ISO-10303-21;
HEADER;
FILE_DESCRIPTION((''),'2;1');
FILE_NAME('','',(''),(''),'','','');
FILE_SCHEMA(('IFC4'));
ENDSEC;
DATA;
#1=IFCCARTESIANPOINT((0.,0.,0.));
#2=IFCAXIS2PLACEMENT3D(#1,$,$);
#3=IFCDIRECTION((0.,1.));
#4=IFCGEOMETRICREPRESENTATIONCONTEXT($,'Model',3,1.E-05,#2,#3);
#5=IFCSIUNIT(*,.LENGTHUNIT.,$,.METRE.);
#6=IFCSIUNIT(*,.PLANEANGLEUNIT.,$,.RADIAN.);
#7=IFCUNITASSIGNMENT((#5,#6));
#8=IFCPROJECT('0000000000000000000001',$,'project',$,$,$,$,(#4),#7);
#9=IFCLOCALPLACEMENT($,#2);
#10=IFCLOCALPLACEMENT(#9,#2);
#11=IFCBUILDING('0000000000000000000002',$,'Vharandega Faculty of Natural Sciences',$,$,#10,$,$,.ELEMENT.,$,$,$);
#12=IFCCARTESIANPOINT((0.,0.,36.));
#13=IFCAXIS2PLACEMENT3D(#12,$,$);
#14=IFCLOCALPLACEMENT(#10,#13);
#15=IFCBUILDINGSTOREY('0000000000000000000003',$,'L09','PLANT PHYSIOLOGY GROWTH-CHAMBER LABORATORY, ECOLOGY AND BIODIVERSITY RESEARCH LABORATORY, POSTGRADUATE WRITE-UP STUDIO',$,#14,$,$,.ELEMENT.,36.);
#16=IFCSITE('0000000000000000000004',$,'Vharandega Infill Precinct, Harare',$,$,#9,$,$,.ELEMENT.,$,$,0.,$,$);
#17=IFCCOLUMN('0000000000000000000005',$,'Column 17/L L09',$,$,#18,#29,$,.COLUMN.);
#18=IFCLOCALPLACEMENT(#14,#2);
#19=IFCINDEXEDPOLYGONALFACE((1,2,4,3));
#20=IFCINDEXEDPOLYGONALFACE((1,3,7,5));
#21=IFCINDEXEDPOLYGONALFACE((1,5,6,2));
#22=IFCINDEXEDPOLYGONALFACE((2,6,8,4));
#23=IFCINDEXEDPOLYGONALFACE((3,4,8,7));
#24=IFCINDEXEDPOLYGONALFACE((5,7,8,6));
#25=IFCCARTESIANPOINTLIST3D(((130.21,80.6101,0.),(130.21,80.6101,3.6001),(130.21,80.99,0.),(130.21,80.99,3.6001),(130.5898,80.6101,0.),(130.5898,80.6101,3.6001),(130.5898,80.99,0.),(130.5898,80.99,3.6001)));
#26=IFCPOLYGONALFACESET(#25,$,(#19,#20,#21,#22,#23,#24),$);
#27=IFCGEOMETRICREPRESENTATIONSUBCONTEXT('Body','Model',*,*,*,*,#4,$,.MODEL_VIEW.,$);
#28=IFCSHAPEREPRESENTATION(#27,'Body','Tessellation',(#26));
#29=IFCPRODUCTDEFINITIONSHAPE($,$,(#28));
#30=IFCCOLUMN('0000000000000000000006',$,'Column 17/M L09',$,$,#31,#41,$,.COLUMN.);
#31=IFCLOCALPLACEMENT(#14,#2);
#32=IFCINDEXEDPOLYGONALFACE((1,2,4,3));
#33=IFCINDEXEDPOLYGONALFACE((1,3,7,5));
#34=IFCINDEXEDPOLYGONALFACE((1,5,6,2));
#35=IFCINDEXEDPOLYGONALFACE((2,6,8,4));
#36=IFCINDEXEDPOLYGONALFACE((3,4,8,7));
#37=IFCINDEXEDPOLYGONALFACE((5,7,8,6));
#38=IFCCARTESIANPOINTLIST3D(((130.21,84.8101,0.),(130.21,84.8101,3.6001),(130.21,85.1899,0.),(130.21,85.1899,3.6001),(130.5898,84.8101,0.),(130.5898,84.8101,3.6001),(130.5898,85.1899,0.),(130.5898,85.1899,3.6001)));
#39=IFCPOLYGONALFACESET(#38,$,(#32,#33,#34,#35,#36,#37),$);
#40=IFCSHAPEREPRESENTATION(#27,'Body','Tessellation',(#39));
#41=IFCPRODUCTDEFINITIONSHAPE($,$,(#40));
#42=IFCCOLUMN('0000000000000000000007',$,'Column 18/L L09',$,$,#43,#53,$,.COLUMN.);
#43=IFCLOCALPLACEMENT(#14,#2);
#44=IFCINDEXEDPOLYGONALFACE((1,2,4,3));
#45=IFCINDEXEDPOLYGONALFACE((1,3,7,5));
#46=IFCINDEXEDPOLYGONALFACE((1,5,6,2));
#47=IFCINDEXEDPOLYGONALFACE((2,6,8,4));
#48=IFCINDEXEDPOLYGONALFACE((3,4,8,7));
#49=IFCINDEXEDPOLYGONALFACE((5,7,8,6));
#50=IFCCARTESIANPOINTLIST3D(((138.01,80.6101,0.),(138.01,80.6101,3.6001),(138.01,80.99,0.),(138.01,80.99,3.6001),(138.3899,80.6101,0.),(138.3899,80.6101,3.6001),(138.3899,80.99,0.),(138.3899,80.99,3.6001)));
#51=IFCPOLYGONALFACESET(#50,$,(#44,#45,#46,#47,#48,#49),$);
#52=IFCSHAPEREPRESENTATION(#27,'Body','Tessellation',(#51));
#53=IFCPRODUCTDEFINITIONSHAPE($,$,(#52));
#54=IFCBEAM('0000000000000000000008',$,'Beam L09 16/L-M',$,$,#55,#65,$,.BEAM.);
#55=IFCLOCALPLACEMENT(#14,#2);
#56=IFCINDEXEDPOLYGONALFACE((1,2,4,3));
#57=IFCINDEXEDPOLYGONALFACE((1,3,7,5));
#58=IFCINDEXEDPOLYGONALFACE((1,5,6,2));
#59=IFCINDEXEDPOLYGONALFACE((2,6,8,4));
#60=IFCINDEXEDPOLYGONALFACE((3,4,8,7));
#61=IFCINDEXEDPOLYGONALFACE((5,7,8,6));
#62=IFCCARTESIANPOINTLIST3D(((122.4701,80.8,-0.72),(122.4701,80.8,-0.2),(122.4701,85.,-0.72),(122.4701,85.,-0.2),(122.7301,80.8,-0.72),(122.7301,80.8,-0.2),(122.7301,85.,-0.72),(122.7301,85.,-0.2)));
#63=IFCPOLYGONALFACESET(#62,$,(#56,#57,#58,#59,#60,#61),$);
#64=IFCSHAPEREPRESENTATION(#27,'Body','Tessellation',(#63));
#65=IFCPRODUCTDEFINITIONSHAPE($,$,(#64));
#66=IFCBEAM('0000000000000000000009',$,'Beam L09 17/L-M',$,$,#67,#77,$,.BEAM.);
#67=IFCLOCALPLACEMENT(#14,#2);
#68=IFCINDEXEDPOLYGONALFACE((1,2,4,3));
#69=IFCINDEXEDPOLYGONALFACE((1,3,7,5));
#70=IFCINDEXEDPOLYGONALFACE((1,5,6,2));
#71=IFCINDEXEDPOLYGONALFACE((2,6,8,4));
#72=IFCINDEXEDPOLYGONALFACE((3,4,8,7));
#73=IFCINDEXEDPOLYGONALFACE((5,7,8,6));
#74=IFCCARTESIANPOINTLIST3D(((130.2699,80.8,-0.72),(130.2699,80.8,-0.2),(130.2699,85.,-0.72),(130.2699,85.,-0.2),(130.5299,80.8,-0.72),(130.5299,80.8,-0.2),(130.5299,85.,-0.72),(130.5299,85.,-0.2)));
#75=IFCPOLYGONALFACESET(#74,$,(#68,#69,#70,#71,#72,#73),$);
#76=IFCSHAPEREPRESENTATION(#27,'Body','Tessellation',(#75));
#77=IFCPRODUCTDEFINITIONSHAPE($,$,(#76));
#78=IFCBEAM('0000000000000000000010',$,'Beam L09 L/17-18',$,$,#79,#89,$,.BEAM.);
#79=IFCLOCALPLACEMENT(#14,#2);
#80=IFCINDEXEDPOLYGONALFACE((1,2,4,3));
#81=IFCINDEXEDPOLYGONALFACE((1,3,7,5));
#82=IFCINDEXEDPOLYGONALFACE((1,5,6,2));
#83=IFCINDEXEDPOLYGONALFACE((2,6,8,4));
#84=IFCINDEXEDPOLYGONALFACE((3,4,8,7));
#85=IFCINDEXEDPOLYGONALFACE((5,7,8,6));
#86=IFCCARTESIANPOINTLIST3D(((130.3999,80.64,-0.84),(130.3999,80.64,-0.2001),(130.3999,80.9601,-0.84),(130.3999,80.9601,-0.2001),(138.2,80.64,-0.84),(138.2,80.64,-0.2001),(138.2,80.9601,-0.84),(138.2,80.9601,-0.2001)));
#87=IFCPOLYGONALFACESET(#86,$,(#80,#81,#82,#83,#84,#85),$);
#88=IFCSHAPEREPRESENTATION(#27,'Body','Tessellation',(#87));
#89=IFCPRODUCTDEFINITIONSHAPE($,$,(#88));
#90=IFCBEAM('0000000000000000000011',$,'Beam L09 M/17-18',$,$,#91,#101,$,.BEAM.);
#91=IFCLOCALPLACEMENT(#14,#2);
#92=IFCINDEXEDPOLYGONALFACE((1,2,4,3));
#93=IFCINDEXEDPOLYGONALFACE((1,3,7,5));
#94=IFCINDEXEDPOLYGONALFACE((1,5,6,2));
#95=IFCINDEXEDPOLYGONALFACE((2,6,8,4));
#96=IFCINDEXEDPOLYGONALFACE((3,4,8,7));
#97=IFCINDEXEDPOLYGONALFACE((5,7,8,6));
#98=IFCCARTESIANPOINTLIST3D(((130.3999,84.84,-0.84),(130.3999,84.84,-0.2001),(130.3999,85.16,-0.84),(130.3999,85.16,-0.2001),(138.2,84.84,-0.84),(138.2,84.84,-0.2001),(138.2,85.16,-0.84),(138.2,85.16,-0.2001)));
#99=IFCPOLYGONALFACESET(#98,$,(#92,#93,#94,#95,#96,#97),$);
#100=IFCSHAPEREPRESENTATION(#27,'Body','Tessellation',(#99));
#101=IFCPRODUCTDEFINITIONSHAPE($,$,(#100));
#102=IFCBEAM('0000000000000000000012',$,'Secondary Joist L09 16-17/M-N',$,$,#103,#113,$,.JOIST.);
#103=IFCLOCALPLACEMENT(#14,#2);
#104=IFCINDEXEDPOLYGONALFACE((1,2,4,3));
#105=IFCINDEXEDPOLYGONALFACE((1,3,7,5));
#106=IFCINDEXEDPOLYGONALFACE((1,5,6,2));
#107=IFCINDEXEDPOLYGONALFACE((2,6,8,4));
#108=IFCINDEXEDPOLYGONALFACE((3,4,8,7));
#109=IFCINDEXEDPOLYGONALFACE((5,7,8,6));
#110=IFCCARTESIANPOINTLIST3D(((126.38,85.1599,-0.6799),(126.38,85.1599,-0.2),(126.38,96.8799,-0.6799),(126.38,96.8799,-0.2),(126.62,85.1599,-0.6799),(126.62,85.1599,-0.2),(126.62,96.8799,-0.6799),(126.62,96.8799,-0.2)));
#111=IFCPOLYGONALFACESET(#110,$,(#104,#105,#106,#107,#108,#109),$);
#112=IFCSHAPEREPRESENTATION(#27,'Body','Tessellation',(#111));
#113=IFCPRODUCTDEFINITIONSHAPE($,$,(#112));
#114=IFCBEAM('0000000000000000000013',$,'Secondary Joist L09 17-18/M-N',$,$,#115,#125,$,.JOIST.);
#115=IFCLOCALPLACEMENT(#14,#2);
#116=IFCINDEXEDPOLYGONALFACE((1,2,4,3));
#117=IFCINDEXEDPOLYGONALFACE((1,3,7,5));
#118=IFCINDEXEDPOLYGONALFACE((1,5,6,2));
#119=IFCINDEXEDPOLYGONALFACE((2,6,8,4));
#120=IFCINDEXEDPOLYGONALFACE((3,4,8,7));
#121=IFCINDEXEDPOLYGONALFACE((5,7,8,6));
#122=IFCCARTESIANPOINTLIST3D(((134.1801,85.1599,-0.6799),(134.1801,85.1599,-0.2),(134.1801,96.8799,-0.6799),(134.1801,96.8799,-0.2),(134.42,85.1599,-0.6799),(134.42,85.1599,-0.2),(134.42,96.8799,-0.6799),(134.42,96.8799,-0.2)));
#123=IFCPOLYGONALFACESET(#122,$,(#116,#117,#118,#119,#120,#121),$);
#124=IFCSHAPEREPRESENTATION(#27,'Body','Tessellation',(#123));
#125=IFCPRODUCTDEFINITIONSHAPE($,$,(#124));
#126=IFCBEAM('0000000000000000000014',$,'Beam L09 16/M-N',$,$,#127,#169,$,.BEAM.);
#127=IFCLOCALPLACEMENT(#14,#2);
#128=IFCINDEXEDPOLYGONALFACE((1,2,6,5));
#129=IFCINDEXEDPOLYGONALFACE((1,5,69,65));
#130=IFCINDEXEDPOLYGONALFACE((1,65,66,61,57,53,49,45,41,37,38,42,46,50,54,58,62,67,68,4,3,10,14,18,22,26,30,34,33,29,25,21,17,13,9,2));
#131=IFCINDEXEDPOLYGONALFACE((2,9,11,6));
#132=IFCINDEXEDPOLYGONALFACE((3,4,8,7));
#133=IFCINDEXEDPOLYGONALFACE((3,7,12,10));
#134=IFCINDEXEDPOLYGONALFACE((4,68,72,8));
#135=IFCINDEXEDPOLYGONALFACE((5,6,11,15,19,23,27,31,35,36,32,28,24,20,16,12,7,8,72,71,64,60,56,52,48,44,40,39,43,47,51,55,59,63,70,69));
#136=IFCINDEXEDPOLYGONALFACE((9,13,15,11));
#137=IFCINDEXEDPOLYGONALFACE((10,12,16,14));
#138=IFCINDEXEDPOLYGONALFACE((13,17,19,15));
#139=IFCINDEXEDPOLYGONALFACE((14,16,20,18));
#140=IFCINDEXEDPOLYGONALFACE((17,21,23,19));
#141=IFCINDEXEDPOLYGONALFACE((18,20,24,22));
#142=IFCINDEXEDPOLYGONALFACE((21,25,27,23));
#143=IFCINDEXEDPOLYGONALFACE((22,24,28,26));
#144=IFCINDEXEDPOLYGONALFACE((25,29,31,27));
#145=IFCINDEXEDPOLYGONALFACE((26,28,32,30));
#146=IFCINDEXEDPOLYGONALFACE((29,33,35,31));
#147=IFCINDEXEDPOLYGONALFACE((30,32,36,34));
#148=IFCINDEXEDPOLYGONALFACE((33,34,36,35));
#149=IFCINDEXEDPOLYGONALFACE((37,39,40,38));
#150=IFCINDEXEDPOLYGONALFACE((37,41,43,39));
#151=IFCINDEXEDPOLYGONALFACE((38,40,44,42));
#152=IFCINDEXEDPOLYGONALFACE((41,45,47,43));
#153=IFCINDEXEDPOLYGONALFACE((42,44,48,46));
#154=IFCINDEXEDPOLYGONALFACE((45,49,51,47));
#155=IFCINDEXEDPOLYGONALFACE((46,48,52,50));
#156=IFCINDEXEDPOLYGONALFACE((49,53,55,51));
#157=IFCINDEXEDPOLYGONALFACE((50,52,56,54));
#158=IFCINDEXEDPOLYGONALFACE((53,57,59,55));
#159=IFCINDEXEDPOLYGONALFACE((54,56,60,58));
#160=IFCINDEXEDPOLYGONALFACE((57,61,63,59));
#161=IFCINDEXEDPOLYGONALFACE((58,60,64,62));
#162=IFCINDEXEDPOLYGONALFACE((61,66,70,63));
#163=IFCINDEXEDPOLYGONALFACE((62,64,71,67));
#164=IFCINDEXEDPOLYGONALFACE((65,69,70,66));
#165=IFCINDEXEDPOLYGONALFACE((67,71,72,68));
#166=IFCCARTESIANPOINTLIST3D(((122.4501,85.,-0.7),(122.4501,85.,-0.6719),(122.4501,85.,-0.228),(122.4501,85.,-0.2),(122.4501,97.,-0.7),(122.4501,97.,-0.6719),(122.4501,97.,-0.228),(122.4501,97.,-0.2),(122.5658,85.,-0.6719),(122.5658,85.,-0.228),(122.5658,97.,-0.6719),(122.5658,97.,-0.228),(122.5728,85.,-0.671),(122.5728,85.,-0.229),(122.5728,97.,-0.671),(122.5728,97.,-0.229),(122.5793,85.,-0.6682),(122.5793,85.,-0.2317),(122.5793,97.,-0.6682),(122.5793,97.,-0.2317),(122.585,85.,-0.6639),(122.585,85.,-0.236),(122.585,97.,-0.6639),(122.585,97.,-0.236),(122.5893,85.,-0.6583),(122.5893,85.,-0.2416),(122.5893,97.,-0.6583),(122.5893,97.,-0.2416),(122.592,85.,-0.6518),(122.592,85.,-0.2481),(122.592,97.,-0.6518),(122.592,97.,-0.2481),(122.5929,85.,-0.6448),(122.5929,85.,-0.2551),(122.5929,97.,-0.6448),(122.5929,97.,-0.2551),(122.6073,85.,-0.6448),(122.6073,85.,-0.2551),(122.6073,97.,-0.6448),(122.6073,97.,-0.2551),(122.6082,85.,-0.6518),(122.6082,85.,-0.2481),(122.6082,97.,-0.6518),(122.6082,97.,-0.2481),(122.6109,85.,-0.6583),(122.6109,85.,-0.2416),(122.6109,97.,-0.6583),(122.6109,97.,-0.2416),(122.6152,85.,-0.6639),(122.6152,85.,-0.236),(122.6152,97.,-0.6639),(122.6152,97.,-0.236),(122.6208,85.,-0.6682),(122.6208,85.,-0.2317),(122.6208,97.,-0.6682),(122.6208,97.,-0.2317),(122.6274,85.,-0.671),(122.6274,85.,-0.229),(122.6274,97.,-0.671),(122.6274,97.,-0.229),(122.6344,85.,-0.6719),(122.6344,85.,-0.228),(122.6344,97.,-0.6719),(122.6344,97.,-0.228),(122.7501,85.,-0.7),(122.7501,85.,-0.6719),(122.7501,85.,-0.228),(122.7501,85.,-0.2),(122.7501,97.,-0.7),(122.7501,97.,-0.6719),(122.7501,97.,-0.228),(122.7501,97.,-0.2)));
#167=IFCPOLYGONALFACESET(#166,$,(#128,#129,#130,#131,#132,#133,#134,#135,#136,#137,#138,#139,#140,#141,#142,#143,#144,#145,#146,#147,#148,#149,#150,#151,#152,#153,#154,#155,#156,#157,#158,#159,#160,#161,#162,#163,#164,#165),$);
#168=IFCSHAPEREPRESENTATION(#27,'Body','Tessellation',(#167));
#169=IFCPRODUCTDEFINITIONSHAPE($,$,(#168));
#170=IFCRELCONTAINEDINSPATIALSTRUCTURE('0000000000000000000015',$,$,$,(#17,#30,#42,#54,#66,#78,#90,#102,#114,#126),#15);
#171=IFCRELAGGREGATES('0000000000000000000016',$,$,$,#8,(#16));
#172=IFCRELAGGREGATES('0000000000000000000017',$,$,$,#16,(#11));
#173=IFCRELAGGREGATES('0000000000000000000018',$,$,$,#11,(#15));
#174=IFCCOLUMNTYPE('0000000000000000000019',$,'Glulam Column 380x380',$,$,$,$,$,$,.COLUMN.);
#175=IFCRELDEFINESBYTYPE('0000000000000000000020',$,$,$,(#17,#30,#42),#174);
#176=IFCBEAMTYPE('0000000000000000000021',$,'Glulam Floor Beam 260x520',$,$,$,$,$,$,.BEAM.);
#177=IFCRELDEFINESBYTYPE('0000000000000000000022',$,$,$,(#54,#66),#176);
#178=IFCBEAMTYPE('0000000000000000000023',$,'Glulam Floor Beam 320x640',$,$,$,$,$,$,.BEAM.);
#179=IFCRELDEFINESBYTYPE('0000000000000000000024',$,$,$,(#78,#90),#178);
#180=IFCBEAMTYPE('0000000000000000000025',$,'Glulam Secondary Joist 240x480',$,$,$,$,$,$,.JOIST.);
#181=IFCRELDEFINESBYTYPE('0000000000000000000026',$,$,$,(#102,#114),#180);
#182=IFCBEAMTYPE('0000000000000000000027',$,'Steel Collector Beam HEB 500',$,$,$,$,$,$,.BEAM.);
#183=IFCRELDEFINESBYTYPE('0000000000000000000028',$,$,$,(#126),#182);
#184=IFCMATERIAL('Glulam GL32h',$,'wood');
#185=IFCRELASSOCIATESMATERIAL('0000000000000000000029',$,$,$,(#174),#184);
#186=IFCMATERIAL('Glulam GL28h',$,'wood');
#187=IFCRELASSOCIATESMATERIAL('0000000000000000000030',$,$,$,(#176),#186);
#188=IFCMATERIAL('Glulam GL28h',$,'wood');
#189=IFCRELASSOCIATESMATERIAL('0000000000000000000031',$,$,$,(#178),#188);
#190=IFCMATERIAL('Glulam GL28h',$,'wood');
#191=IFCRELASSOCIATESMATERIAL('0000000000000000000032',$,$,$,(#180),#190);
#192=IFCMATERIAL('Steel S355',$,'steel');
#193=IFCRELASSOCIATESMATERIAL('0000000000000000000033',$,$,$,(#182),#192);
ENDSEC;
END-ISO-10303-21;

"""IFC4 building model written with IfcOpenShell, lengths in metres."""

from ifc_helpers import new_model, si_unit, direction, frame, origin, origin_2d, place, context, subcontext, project, spatial, rectangle, i_section, extrude, material, material_profile, profile_set, type_object, element, save


model = new_model("IFC4")

# Units and contexts
model_context = context("Model", 3, precision=1e-05, world=origin(), true_north=direction((0.0, 1.0)))
body_context = subcontext(model_context, "Body", "Model", "MODEL_VIEW")
ifc_project = project(units=[si_unit("LENGTHUNIT", "METRE"), si_unit("PLANEANGLEUNIT", "RADIAN")], contexts=[model_context])

# Site, building, storey
site_placement = place(None, origin())
site = spatial("IfcSite", under=ifc_project, at=site_placement, Name="Vharandega Infill Precinct, Harare", CompositionType="ELEMENT", RefElevation=0.0)
building_placement = place(site_placement, origin())
building = spatial("IfcBuilding", under=site, at=building_placement, Name="Vharandega Faculty of Natural Sciences", CompositionType="ELEMENT")
storey_placement = place(building_placement, frame((0.0, 0.0, 36.0)))
storey = spatial("IfcBuildingStorey", under=building, at=storey_placement, Name="L09", Description="PLANT PHYSIOLOGY GROWTH-CHAMBER LABORATORY, ECOLOGY AND BIODIVERSITY RESEARCH LABORATORY, POSTGRADUATE WRITE-UP STUDIO", CompositionType="ELEMENT", Elevation=36.0)

# Columns
ifc_material_1 = material(Name="Glulam GL32h", Category="wood")
ifc_material_profile_1 = material_profile(ifc_material_1, rectangle(XDim=0.3799, YDim=0.3799, at=origin_2d()), Name="GL32h 380x380")
ifc_profile_set_1 = profile_set([ifc_material_profile_1], Name="Glulam GL32h")
column_type = type_object("IfcColumnType", Name="Glulam Column 380x380", PredefinedType="COLUMN", material=ifc_profile_set_1)
for number, where, z_axis, x_axis, name in (
    (1, (130.3999, 80.8, 0.0), (0.0, 0.0, 1.0), (1.0, 0.0, 0.0), "Column 17/L L09"),
    (2, (130.3999, 85.0, 0.0), (0.0, 0.0, 1.0), (1.0, 0.0, 0.0), "Column 17/M L09"),
    (3, (138.2, 80.8, 0.0), (0.0, 0.0, 1.0), (1.0, 0.0, 0.0), "Column 18/L L09"),
):
    element("IfcColumn", number, at=place(storey_placement, frame(where, z_axis=z_axis, x_axis=x_axis)), inside=storey, type_object=column_type, Name=name, PredefinedType="COLUMN", context=body_context, shape_type="SweptSolid", body=[
        extrude(rectangle(XDim=0.3799, YDim=0.3799, at=origin_2d()), origin(), (0.0, 0.0, 1.0), 3.6001),
    ])

# Beams
ifc_material_2 = material(Name="Glulam GL28h", Category="wood")
ifc_material_profile_2 = material_profile(ifc_material_2, rectangle(XDim=0.26, YDim=0.52, at=origin_2d()), Name="GL28h 260x520")
ifc_profile_set_2 = profile_set([ifc_material_profile_2], Name="Glulam GL28h")
beam_type_1 = type_object("IfcBeamType", Name="Glulam Floor Beam 260x520", PredefinedType="BEAM", material=ifc_profile_set_2)
for number, where, z_axis, x_axis, name in (
    (4, (122.6001, 80.8, -0.46), (0.0, 1.0, 0.0), (-1.0, 0.0, 0.0), "Beam L09 16/L-M"),
    (5, (130.3999, 80.8, -0.46), (0.0, 1.0, 0.0), (-1.0, 0.0, 0.0), "Beam L09 17/L-M"),
):
    element("IfcBeam", number, at=place(storey_placement, frame(where, z_axis=z_axis, x_axis=x_axis)), inside=storey, type_object=beam_type_1, Name=name, PredefinedType="BEAM", context=body_context, shape_type="SweptSolid", body=[
        extrude(rectangle(XDim=0.26, YDim=0.52, at=origin_2d()), origin(), (0.0, 0.0, 1.0), 4.2),
    ])
ifc_material_3 = material(Name="Glulam GL28h", Category="wood")
ifc_material_profile_3 = material_profile(ifc_material_3, rectangle(XDim=0.3201, YDim=0.6399, at=origin_2d()), Name="GL28h 320x640")
ifc_profile_set_3 = profile_set([ifc_material_profile_3], Name="Glulam GL28h")
beam_type_2 = type_object("IfcBeamType", Name="Glulam Floor Beam 320x640", PredefinedType="BEAM", material=ifc_profile_set_3)
for number, where, z_axis, x_axis, name in (
    (6, (130.3999, 80.8, -0.52), (1.0, 0.0, 0.0), (0.0, 1.0, 0.0), "Beam L09 L/17-18"),
    (7, (130.3999, 85.0, -0.52), (1.0, 0.0, 0.0), (0.0, 1.0, 0.0), "Beam L09 M/17-18"),
):
    element("IfcBeam", number, at=place(storey_placement, frame(where, z_axis=z_axis, x_axis=x_axis)), inside=storey, type_object=beam_type_2, Name=name, PredefinedType="BEAM", context=body_context, shape_type="SweptSolid", body=[
        extrude(rectangle(XDim=0.3201, YDim=0.6399, at=origin_2d()), origin(), (0.0, 0.0, 1.0), 7.8),
    ])
ifc_material_4 = material(Name="Glulam GL28h", Category="wood")
ifc_material_profile_4 = material_profile(ifc_material_4, rectangle(XDim=0.24, YDim=0.48, at=origin_2d()), Name="GL28h 240x480")
ifc_profile_set_4 = profile_set([ifc_material_profile_4], Name="Glulam GL28h")
beam_type_3 = type_object("IfcBeamType", Name="Glulam Secondary Joist 240x480", PredefinedType="JOIST", material=ifc_profile_set_4)
for number, where, z_axis, x_axis, name in (
    (8, (126.5, 85.1599, -0.4399), (0.0, 1.0, 0.0), (-1.0, 0.0, 0.0), "Secondary Joist L09 16-17/M-N"),
    (9, (134.3, 85.1599, -0.4399), (0.0, 1.0, 0.0), (-1.0, 0.0, 0.0), "Secondary Joist L09 17-18/M-N"),
):
    element("IfcBeam", number, at=place(storey_placement, frame(where, z_axis=z_axis, x_axis=x_axis)), inside=storey, type_object=beam_type_3, Name=name, PredefinedType="JOIST", context=body_context, shape_type="SweptSolid", body=[
        extrude(rectangle(XDim=0.24, YDim=0.48, at=origin_2d()), origin(), (0.0, 0.0, 1.0), 11.72),
    ])
ifc_material_5 = material(Name="Steel S355", Category="steel")
ifc_material_profile_5 = material_profile(ifc_material_5, i_section(OverallWidth=0.3, OverallDepth=0.5, WebThickness=0.0144, FlangeThickness=0.0281, FilletRadius=0.0271, at=origin_2d()), Name="HEB 500")
ifc_profile_set_5 = profile_set([ifc_material_profile_5], Name="Steel S355")
beam_type_4 = type_object("IfcBeamType", Name="Steel Collector Beam HEB 500", PredefinedType="BEAM", material=ifc_profile_set_5)
for number, where, z_axis, x_axis, name in (
    (10, (122.6001, 85.0, -0.45), (0.0, 1.0, 0.0), (-1.0, 0.0, 0.0), "Beam L09 16/M-N"),
):
    element("IfcBeam", number, at=place(storey_placement, frame(where, z_axis=z_axis, x_axis=x_axis)), inside=storey, type_object=beam_type_4, Name=name, PredefinedType="BEAM", context=body_context, shape_type="SweptSolid", body=[
        extrude(i_section(OverallWidth=0.3, OverallDepth=0.5, WebThickness=0.0144, FlangeThickness=0.0281, FilletRadius=0.0271, at=origin_2d()), origin(), (0.0, 0.0, 1.0), 12.0),
    ])

save(model, "model.ifc")
